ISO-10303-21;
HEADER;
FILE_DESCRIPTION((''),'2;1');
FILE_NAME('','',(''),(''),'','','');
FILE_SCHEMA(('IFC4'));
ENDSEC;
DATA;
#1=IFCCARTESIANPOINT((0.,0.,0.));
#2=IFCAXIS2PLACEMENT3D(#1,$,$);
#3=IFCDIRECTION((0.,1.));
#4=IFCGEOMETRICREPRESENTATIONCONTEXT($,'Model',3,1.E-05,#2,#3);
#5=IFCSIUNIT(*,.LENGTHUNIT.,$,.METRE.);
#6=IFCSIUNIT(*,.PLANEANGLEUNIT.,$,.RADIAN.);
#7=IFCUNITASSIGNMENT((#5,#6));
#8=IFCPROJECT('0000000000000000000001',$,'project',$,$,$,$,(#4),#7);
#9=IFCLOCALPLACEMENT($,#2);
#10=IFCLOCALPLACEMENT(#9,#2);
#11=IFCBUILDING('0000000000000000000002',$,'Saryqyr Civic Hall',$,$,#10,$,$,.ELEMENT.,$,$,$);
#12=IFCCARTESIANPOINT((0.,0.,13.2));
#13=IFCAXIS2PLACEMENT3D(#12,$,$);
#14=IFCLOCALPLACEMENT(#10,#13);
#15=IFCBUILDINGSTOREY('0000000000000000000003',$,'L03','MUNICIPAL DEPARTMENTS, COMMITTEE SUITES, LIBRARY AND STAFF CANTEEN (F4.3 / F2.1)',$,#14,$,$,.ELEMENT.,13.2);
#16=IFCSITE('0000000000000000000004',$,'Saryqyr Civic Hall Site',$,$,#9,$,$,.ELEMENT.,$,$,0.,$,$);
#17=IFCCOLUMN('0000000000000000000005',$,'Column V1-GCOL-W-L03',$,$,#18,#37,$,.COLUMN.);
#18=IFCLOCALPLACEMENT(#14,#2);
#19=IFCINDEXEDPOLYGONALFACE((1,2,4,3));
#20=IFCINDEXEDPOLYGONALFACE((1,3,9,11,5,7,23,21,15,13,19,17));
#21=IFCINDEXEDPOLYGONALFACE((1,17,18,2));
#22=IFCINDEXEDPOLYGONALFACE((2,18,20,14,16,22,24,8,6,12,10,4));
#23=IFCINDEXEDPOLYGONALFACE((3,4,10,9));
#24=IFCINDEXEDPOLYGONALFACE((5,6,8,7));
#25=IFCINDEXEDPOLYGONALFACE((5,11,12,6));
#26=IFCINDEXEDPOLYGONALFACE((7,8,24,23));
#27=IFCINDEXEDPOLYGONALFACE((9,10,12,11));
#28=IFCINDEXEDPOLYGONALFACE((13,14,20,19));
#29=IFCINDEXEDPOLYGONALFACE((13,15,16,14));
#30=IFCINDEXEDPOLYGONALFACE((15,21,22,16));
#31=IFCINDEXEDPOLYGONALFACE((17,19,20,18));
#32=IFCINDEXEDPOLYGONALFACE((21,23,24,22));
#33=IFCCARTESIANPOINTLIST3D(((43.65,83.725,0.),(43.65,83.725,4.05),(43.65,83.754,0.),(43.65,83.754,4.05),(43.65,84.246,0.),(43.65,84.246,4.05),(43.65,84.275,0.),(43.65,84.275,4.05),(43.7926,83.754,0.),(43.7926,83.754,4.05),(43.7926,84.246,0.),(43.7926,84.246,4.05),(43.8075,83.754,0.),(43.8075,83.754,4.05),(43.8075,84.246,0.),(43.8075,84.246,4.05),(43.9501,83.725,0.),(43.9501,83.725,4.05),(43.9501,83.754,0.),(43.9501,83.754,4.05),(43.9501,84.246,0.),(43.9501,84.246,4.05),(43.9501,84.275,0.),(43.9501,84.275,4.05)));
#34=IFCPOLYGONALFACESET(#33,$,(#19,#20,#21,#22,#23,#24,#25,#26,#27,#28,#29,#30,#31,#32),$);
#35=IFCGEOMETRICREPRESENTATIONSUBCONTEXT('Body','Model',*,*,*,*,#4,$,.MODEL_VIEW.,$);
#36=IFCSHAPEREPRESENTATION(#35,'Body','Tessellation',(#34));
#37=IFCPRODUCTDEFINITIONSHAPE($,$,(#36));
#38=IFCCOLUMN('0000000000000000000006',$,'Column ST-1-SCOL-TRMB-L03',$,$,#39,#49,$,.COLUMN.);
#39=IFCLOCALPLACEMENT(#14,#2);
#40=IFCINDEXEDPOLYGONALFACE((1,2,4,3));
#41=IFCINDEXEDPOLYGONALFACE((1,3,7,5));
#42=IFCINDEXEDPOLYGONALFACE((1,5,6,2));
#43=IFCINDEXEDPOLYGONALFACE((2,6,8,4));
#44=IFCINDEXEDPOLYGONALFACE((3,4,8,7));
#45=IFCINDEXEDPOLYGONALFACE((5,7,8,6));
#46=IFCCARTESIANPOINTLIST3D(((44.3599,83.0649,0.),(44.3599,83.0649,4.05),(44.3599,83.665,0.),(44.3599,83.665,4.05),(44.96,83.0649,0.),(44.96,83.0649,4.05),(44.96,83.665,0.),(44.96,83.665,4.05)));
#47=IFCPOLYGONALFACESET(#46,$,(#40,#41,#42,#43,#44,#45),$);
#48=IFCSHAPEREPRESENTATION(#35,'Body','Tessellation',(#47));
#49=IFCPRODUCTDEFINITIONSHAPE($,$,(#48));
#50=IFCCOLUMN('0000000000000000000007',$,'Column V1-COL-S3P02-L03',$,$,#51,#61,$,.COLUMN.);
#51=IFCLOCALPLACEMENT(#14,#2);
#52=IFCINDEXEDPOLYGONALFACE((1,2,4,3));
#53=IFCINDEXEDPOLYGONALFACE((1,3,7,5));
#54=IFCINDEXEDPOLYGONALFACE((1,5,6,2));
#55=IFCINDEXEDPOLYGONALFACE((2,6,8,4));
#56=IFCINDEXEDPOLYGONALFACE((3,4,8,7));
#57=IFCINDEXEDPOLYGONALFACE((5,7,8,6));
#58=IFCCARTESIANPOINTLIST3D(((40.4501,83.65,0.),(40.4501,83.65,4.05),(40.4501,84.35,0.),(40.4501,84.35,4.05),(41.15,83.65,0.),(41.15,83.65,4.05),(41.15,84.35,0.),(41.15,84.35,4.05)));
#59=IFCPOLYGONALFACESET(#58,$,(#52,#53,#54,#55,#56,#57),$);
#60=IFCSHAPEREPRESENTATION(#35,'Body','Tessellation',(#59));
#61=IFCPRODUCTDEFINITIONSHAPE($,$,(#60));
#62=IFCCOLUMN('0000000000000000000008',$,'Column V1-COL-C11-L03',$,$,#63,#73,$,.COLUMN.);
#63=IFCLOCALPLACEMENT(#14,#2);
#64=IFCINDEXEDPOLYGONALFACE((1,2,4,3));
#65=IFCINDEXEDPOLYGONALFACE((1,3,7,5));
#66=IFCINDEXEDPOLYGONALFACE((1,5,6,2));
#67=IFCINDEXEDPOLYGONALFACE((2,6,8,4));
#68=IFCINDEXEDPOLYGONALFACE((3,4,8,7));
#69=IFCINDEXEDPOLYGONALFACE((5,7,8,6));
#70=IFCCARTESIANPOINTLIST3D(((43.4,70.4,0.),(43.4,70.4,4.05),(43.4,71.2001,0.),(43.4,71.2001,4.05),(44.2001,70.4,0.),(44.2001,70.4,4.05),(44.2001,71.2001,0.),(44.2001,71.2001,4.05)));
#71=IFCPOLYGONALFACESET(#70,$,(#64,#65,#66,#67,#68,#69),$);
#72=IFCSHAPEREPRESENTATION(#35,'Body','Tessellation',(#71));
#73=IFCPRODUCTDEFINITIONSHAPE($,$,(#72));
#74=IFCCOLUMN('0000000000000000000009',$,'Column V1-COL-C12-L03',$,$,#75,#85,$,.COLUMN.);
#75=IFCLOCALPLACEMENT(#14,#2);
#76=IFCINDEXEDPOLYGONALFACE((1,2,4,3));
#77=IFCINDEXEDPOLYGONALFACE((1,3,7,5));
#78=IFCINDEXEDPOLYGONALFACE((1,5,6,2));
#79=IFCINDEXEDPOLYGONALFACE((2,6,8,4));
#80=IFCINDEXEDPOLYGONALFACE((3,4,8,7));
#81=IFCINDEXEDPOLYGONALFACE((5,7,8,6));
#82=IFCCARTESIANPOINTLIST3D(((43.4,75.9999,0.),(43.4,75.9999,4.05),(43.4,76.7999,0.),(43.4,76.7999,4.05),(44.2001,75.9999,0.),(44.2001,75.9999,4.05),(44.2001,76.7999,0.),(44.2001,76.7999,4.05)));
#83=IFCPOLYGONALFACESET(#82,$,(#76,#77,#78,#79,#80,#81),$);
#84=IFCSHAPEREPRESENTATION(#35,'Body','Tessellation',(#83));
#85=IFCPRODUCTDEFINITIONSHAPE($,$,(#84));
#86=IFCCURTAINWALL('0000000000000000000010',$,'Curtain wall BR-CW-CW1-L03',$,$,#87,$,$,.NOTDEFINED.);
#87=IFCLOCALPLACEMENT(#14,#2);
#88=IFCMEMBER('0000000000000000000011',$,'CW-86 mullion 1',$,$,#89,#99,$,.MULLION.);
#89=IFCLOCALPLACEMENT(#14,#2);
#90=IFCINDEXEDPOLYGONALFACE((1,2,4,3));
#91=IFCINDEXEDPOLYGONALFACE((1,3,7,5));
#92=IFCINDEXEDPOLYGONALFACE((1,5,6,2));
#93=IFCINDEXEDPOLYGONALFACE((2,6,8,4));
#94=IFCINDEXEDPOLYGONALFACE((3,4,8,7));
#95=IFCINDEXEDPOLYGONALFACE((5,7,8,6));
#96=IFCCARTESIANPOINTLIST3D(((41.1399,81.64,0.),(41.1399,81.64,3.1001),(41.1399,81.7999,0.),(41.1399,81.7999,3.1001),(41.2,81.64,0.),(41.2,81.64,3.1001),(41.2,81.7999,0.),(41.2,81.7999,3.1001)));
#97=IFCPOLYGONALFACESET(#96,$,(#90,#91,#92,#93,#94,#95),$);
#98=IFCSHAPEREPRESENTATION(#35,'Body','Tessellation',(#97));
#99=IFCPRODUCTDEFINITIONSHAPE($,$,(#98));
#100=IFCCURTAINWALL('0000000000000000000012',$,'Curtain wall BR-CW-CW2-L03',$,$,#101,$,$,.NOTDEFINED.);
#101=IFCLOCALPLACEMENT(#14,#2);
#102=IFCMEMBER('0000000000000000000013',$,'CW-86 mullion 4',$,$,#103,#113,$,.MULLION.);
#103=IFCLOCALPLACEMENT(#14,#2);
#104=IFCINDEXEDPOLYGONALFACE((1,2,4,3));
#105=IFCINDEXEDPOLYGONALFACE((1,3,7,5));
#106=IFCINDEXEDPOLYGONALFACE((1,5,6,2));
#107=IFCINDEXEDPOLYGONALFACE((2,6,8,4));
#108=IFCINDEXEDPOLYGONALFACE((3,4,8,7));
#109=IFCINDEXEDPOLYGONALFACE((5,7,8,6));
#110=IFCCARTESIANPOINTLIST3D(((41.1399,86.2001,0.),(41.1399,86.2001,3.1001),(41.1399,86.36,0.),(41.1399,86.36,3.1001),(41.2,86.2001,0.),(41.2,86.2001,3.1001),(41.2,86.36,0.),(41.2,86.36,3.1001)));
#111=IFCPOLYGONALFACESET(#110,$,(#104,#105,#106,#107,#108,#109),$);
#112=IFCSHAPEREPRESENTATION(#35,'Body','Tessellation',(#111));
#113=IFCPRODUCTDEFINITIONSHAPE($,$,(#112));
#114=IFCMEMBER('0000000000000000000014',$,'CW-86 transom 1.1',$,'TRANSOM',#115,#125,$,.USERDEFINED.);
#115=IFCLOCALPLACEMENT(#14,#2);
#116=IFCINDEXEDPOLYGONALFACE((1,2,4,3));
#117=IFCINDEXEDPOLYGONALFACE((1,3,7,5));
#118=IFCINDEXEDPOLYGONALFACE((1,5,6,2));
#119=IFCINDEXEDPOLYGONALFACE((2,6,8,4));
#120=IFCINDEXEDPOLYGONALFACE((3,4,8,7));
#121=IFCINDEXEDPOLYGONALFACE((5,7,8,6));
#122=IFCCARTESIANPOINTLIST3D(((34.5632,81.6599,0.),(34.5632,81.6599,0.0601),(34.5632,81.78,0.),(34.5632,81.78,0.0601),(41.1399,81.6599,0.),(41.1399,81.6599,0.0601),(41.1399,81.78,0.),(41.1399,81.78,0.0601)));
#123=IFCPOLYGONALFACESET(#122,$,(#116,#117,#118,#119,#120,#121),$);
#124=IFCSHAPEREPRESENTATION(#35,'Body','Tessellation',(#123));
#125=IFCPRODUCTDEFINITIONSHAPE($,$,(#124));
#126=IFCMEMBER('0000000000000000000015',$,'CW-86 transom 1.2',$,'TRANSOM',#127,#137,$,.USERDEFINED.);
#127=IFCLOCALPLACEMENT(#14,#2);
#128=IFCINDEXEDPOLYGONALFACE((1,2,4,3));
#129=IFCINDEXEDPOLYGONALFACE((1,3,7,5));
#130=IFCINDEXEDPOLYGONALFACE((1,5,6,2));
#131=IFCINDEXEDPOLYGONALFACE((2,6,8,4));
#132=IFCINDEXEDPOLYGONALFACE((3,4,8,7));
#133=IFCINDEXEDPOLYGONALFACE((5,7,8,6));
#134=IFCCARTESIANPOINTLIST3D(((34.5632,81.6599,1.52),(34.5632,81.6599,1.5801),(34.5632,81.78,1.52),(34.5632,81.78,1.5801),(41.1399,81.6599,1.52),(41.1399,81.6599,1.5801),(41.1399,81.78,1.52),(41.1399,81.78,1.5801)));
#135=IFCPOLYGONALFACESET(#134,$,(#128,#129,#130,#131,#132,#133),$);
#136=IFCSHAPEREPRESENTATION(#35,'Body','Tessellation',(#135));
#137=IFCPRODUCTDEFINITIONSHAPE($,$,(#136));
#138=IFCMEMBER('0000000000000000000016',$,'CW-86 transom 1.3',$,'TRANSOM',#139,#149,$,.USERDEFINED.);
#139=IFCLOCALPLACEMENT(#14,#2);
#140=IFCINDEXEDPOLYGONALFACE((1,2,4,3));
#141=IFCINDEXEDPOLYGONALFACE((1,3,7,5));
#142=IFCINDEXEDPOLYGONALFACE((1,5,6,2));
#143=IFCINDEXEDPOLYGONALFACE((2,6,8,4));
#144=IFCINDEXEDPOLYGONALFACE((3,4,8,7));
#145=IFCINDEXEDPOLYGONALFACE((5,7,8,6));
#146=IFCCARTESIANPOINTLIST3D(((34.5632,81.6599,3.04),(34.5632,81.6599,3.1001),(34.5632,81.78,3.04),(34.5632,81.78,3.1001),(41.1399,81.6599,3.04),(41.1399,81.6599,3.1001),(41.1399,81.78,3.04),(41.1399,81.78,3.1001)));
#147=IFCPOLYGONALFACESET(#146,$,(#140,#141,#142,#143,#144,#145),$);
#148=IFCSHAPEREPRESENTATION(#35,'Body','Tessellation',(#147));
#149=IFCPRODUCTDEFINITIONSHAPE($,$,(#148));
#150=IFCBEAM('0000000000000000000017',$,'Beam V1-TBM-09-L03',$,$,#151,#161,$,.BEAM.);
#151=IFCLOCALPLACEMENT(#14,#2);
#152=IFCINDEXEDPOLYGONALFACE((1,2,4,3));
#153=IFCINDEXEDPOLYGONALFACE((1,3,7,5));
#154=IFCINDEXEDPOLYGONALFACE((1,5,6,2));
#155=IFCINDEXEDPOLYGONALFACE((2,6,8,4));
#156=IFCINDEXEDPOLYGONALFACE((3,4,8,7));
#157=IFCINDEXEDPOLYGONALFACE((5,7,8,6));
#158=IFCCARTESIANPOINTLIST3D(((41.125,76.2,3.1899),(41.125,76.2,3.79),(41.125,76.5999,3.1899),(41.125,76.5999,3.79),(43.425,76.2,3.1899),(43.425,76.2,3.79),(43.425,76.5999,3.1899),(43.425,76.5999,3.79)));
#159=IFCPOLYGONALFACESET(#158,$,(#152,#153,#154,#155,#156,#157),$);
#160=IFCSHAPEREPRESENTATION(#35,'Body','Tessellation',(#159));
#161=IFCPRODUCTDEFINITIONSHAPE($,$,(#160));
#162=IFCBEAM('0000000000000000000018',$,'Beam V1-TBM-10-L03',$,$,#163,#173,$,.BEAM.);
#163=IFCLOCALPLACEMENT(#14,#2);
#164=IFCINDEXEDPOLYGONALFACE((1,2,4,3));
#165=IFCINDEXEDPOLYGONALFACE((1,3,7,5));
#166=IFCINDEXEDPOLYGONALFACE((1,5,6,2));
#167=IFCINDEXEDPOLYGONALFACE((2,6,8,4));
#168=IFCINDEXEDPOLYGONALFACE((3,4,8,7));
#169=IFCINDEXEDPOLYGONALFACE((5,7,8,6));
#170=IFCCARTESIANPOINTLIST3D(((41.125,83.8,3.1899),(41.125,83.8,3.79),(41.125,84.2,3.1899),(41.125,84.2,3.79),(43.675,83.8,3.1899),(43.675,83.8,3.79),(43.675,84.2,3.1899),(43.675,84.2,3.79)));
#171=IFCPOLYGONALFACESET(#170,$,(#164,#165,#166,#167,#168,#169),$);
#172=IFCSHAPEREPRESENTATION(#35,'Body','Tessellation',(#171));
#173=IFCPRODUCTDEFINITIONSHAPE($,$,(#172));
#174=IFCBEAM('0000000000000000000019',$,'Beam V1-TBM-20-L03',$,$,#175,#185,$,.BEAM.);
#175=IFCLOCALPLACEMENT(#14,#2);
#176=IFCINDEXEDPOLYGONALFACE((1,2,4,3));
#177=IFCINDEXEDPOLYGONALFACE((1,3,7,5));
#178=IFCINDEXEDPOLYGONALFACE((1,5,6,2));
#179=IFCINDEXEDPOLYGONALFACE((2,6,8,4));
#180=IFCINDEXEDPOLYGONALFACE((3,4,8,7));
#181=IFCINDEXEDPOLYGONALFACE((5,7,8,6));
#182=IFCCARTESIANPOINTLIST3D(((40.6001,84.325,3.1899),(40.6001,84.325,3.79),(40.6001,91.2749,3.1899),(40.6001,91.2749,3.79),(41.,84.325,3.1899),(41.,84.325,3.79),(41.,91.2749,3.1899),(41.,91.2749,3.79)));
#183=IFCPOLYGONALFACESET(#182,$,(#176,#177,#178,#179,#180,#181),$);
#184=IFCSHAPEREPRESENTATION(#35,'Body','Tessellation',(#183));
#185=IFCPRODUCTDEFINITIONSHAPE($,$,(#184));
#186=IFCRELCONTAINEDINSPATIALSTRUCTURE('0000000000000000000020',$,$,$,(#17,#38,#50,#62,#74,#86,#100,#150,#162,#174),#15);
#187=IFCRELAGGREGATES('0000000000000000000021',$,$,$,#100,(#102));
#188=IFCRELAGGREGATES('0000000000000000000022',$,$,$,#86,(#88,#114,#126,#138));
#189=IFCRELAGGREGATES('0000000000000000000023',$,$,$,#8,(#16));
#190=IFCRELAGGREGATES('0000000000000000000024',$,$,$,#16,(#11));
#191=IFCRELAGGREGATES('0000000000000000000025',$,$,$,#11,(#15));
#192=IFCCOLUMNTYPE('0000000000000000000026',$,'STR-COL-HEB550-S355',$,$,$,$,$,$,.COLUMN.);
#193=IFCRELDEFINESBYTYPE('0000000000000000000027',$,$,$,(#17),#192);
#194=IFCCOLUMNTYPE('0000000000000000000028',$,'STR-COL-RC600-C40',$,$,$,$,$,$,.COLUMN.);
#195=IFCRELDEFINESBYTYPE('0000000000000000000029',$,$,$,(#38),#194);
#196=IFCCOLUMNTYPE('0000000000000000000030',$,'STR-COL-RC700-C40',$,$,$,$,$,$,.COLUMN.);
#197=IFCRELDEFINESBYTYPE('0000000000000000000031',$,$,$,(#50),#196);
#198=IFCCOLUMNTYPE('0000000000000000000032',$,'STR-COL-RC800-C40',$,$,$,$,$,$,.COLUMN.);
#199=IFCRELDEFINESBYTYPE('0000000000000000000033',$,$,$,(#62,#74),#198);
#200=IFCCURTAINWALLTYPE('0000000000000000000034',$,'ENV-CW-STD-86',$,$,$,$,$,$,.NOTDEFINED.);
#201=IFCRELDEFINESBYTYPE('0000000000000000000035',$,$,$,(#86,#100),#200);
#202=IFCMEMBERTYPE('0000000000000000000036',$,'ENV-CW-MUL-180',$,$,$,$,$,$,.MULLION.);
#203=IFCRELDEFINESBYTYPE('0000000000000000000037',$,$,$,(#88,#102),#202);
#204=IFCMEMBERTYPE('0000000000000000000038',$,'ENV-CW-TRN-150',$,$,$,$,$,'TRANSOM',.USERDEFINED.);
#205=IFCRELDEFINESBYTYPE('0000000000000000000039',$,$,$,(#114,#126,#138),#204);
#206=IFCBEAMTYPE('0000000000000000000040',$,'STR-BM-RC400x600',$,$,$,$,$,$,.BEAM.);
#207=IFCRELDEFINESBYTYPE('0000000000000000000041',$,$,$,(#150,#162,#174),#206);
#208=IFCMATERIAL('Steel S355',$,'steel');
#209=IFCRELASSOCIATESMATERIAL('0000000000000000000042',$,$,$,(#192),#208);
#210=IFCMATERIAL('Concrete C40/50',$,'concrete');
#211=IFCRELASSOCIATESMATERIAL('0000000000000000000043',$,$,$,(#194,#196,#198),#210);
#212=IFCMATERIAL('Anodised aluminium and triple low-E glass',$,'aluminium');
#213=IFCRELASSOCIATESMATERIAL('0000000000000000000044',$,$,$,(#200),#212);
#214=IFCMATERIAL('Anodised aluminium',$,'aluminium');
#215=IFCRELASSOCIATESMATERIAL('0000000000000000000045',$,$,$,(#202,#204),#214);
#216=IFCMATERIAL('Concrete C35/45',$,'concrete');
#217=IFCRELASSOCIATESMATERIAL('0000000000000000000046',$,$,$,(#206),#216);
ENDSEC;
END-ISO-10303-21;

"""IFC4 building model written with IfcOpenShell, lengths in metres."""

from ifc_helpers import new_model, si_unit, direction, frame, origin, origin_2d, place, context, subcontext, project, spatial, rectangle, i_section, extrude, material, material_profile, profile_set, type_object, element, aggregate, save


model = new_model("IFC4")

# Units and contexts
model_context = context("Model", 3, precision=1e-05, world=origin(), true_north=direction((0.0, 1.0)))
body_context = subcontext(model_context, "Body", "Model", "MODEL_VIEW")
ifc_project = project(units=[si_unit("LENGTHUNIT", "METRE"), si_unit("PLANEANGLEUNIT", "RADIAN")], contexts=[model_context])

# Site, building, storey
site_placement = place(None, origin())
site = spatial("IfcSite", under=ifc_project, at=site_placement, Name="Saryqyr Civic Hall Site", CompositionType="ELEMENT", RefElevation=0.0)
building_placement = place(site_placement, origin())
building = spatial("IfcBuilding", under=site, at=building_placement, Name="Saryqyr Civic Hall", CompositionType="ELEMENT")
storey_placement = place(building_placement, frame((0.0, 0.0, 13.2)))
storey = spatial("IfcBuildingStorey", under=building, at=storey_placement, Name="L03", Description="MUNICIPAL DEPARTMENTS, COMMITTEE SUITES, LIBRARY AND STAFF CANTEEN (F4.3 / F2.1)", CompositionType="ELEMENT", Elevation=13.2)

# Columns
ifc_material_1 = material(Name="Steel S355", Category="steel")
ifc_material_profile_1 = material_profile(ifc_material_1, i_section(OverallWidth=0.3, OverallDepth=0.55, WebThickness=0.0149, FlangeThickness=0.0291, at=origin_2d()), Name="HEB 550")
ifc_profile_set_1 = profile_set([ifc_material_profile_1], Name="Steel S355")
column_type_1 = type_object("IfcColumnType", Name="STR-COL-HEB550-S355", PredefinedType="COLUMN", material=ifc_profile_set_1)
column_1_placement = place(storey_placement, frame((43.8, 84.0, 0.0), z_axis=(0.0, 0.0, 1.0), x_axis=(1.0, 0.0, 0.0)))
element("IfcColumn", 1, at=column_1_placement, inside=storey, type_object=column_type_1, Name="Column V1-GCOL-W-L03", PredefinedType="COLUMN", context=body_context, shape_type="SweptSolid", body=[
    extrude(i_section(OverallWidth=0.3, OverallDepth=0.55, WebThickness=0.0149, FlangeThickness=0.0291, at=origin_2d()), origin(), (0.0, 0.0, 1.0), 4.05),
])
ifc_material_2 = material(Name="Concrete C40/50", Category="concrete")
ifc_material_profile_2 = material_profile(ifc_material_2, rectangle(XDim=0.6001, YDim=0.6001, at=origin_2d()), Name="RC 600x600")
ifc_profile_set_2 = profile_set([ifc_material_profile_2], Name="Concrete C40/50")
column_type_2 = type_object("IfcColumnType", Name="STR-COL-RC600-C40", PredefinedType="COLUMN", material=ifc_profile_set_2)
column_2_placement = place(storey_placement, frame((44.6599, 83.365, 0.0), z_axis=(0.0, 0.0, 1.0), x_axis=(1.0, 0.0, 0.0)))
element("IfcColumn", 2, at=column_2_placement, inside=storey, type_object=column_type_2, Name="Column ST-1-SCOL-TRMB-L03", PredefinedType="COLUMN", context=body_context, shape_type="SweptSolid", body=[
    extrude(rectangle(XDim=0.6001, YDim=0.6001, at=origin_2d()), origin(), (0.0, 0.0, 1.0), 4.05),
])
ifc_material_profile_3 = material_profile(ifc_material_2, rectangle(XDim=0.7, YDim=0.7, at=origin_2d()), Name="RC 700x700")
ifc_profile_set_3 = profile_set([ifc_material_profile_3], Name="Concrete C40/50")
column_type_3 = type_object("IfcColumnType", Name="STR-COL-RC700-C40", PredefinedType="COLUMN", material=ifc_profile_set_3)
column_3_placement = place(storey_placement, frame((40.8, 84.0, 0.0), z_axis=(0.0, 0.0, 1.0), x_axis=(1.0, 0.0, 0.0)))
element("IfcColumn", 3, at=column_3_placement, inside=storey, type_object=column_type_3, Name="Column V1-COL-S3P02-L03", PredefinedType="COLUMN", context=body_context, shape_type="SweptSolid", body=[
    extrude(rectangle(XDim=0.7, YDim=0.7, at=origin_2d()), origin(), (0.0, 0.0, 1.0), 4.05),
])
ifc_material_profile_4 = material_profile(ifc_material_2, rectangle(XDim=0.8, YDim=0.8, at=origin_2d()), Name="RC 800x800")
ifc_profile_set_4 = profile_set([ifc_material_profile_4], Name="Concrete C40/50")
column_type_4 = type_object("IfcColumnType", Name="STR-COL-RC800-C40", PredefinedType="COLUMN", material=ifc_profile_set_4)
for number, where, z_axis, x_axis, name in (
    (4, (43.8, 70.8, 0.0), (0.0, 0.0, 1.0), (1.0, 0.0, 0.0), "Column V1-COL-C11-L03"),
    (5, (43.8, 76.3999, 0.0), (0.0, 0.0, 1.0), (1.0, 0.0, 0.0), "Column V1-COL-C12-L03"),
):
    element("IfcColumn", number, at=place(storey_placement, frame(where, z_axis=z_axis, x_axis=x_axis)), inside=storey, type_object=column_type_4, Name=name, PredefinedType="COLUMN", context=body_context, shape_type="SweptSolid", body=[
        extrude(rectangle(XDim=0.8, YDim=0.8, at=origin_2d()), origin(), (0.0, 0.0, 1.0), 4.05),
    ])

# Curtain walls, members
ifc_material_3 = material(Name="Anodised aluminium and triple low-E glass", Category="aluminium")
curtain_wall_type = type_object("IfcCurtainWallType", Name="ENV-CW-STD-86", PredefinedType="NOTDEFINED", material=ifc_material_3)
curtain_wall_1_placement = place(storey_placement, origin())
curtain_wall_1 = element("IfcCurtainWall", 6, at=curtain_wall_1_placement, inside=storey, type_object=curtain_wall_type, Name="Curtain wall BR-CW-CW1-L03", PredefinedType="NOTDEFINED")
ifc_material_4 = material(Name="Anodised aluminium", Category="aluminium")
ifc_material_profile_5 = material_profile(ifc_material_4, rectangle(XDim=0.0601, YDim=0.1599, at=origin_2d()), Name="ALU MULLION 60x160")
ifc_profile_set_5 = profile_set([ifc_material_profile_5], Name="Anodised aluminium")
member_type_1 = type_object("IfcMemberType", Name="ENV-CW-MUL-180", PredefinedType="MULLION", material=ifc_profile_set_5)
member_1_placement = place(storey_placement, frame((41.1699, 81.72, 0.0), z_axis=(0.0, 0.0, 1.0), x_axis=(-1.0, 0.0, 0.0)))
member_1 = element("IfcMember", 7, at=member_1_placement, type_object=member_type_1, Name="CW-86 mullion 1", PredefinedType="MULLION", context=body_context, shape_type="SweptSolid", body=[
    extrude(rectangle(XDim=0.0601, YDim=0.1599, at=origin_2d()), origin(), (0.0, 0.0, 1.0), 3.1001),
])
curtain_wall_2_placement = place(storey_placement, origin())
curtain_wall_2 = element("IfcCurtainWall", 8, at=curtain_wall_2_placement, inside=storey, type_object=curtain_wall_type, Name="Curtain wall BR-CW-CW2-L03", PredefinedType="NOTDEFINED")
member_2_placement = place(storey_placement, frame((41.1699, 86.28, 0.0), z_axis=(0.0, 0.0, 1.0), x_axis=(1.0, 0.0, 0.0)))
member_2 = element("IfcMember", 9, at=member_2_placement, type_object=member_type_1, Name="CW-86 mullion 4", PredefinedType="MULLION", context=body_context, shape_type="SweptSolid", body=[
    extrude(rectangle(XDim=0.0601, YDim=0.1599, at=origin_2d()), origin(), (0.0, 0.0, 1.0), 3.1001),
])
aggregate(curtain_wall_2, [member_2])

# Members
ifc_material_profile_6 = material_profile(ifc_material_4, rectangle(XDim=0.1201, YDim=0.0601, at=origin_2d()), Name="ALU TRANSOM 120x60")
ifc_profile_set_6 = profile_set([ifc_material_profile_6], Name="Anodised aluminium")
member_type_2 = type_object("IfcMemberType", Name="ENV-CW-TRN-150", ElementType="TRANSOM", PredefinedType="USERDEFINED", material=ifc_profile_set_6)
member_3_placement = place(storey_placement, frame((41.1399, 81.72, 0.03), z_axis=(-1.0, 0.0, 0.0), x_axis=(0.0, -1.0, 0.0)))
member_3 = element("IfcMember", 10, at=member_3_placement, type_object=member_type_2, Name="CW-86 transom 1.1", ObjectType="TRANSOM", PredefinedType="USERDEFINED", context=body_context, shape_type="SweptSolid", body=[
    extrude(rectangle(XDim=0.1201, YDim=0.0601, at=origin_2d()), origin(), (0.0, 0.0, 1.0), 6.5767),
])
member_4_placement = place(storey_placement, frame((41.1399, 81.72, 1.55), z_axis=(-1.0, 0.0, 0.0), x_axis=(0.0, -1.0, 0.0)))
member_4 = element("IfcMember", 11, at=member_4_placement, type_object=member_type_2, Name="CW-86 transom 1.2", ObjectType="TRANSOM", PredefinedType="USERDEFINED", context=body_context, shape_type="SweptSolid", body=[
    extrude(rectangle(XDim=0.1201, YDim=0.0601, at=origin_2d()), origin(), (0.0, 0.0, 1.0), 6.5767),
])
member_5_placement = place(storey_placement, frame((41.1399, 81.72, 3.0701), z_axis=(-1.0, 0.0, 0.0), x_axis=(0.0, -1.0, 0.0)))
member_5 = element("IfcMember", 12, at=member_5_placement, type_object=member_type_2, Name="CW-86 transom 1.3", ObjectType="TRANSOM", PredefinedType="USERDEFINED", context=body_context, shape_type="SweptSolid", body=[
    extrude(rectangle(XDim=0.1201, YDim=0.0601, at=origin_2d()), origin(), (0.0, 0.0, 1.0), 6.5767),
])
aggregate(curtain_wall_1, [member_1, member_3, member_4, member_5])

# Beams
ifc_material_5 = material(Name="Concrete C35/45", Category="concrete")
ifc_material_profile_7 = material_profile(ifc_material_5, rectangle(XDim=0.3999, YDim=0.6001, at=origin_2d()), Name="RC 400x600")
ifc_profile_set_7 = profile_set([ifc_material_profile_7], Name="Concrete C35/45")
beam_type_1 = type_object("IfcBeamType", Name="STR-BM-RC400x600", PredefinedType="BEAM", material=ifc_profile_set_7)
beam_1_placement = place(storey_placement, frame((41.125, 76.3999, 3.49), z_axis=(1.0, 0.0, 0.0), x_axis=(0.0, 1.0, 0.0)))
element("IfcBeam", 13, at=beam_1_placement, inside=storey, type_object=beam_type_1, Name="Beam V1-TBM-09-L03", PredefinedType="BEAM", context=body_context, shape_type="SweptSolid", body=[
    extrude(rectangle(XDim=0.3999, YDim=0.6001, at=origin_2d()), origin(), (0.0, 0.0, 1.0), 2.3),
])
beam_2_placement = place(storey_placement, frame((41.125, 84.0, 3.49), z_axis=(1.0, 0.0, 0.0), x_axis=(0.0, 1.0, 0.0)))
element("IfcBeam", 14, at=beam_2_placement, inside=storey, type_object=beam_type_1, Name="Beam V1-TBM-10-L03", PredefinedType="BEAM", context=body_context, shape_type="SweptSolid", body=[
    extrude(rectangle(XDim=0.3999, YDim=0.6001, at=origin_2d()), origin(), (0.0, 0.0, 1.0), 2.55),
])
beam_3_placement = place(storey_placement, frame((40.8, 84.325, 3.49), z_axis=(0.0, 1.0, 0.0), x_axis=(-1.0, 0.0, 0.0)))
element("IfcBeam", 15, at=beam_3_placement, inside=storey, type_object=beam_type_1, Name="Beam V1-TBM-20-L03", PredefinedType="BEAM", context=body_context, shape_type="SweptSolid", body=[
    extrude(rectangle(XDim=0.3999, YDim=0.6001, at=origin_2d()), origin(), (0.0, 0.0, 1.0), 6.95),
])

save(model, "model.ifc")
